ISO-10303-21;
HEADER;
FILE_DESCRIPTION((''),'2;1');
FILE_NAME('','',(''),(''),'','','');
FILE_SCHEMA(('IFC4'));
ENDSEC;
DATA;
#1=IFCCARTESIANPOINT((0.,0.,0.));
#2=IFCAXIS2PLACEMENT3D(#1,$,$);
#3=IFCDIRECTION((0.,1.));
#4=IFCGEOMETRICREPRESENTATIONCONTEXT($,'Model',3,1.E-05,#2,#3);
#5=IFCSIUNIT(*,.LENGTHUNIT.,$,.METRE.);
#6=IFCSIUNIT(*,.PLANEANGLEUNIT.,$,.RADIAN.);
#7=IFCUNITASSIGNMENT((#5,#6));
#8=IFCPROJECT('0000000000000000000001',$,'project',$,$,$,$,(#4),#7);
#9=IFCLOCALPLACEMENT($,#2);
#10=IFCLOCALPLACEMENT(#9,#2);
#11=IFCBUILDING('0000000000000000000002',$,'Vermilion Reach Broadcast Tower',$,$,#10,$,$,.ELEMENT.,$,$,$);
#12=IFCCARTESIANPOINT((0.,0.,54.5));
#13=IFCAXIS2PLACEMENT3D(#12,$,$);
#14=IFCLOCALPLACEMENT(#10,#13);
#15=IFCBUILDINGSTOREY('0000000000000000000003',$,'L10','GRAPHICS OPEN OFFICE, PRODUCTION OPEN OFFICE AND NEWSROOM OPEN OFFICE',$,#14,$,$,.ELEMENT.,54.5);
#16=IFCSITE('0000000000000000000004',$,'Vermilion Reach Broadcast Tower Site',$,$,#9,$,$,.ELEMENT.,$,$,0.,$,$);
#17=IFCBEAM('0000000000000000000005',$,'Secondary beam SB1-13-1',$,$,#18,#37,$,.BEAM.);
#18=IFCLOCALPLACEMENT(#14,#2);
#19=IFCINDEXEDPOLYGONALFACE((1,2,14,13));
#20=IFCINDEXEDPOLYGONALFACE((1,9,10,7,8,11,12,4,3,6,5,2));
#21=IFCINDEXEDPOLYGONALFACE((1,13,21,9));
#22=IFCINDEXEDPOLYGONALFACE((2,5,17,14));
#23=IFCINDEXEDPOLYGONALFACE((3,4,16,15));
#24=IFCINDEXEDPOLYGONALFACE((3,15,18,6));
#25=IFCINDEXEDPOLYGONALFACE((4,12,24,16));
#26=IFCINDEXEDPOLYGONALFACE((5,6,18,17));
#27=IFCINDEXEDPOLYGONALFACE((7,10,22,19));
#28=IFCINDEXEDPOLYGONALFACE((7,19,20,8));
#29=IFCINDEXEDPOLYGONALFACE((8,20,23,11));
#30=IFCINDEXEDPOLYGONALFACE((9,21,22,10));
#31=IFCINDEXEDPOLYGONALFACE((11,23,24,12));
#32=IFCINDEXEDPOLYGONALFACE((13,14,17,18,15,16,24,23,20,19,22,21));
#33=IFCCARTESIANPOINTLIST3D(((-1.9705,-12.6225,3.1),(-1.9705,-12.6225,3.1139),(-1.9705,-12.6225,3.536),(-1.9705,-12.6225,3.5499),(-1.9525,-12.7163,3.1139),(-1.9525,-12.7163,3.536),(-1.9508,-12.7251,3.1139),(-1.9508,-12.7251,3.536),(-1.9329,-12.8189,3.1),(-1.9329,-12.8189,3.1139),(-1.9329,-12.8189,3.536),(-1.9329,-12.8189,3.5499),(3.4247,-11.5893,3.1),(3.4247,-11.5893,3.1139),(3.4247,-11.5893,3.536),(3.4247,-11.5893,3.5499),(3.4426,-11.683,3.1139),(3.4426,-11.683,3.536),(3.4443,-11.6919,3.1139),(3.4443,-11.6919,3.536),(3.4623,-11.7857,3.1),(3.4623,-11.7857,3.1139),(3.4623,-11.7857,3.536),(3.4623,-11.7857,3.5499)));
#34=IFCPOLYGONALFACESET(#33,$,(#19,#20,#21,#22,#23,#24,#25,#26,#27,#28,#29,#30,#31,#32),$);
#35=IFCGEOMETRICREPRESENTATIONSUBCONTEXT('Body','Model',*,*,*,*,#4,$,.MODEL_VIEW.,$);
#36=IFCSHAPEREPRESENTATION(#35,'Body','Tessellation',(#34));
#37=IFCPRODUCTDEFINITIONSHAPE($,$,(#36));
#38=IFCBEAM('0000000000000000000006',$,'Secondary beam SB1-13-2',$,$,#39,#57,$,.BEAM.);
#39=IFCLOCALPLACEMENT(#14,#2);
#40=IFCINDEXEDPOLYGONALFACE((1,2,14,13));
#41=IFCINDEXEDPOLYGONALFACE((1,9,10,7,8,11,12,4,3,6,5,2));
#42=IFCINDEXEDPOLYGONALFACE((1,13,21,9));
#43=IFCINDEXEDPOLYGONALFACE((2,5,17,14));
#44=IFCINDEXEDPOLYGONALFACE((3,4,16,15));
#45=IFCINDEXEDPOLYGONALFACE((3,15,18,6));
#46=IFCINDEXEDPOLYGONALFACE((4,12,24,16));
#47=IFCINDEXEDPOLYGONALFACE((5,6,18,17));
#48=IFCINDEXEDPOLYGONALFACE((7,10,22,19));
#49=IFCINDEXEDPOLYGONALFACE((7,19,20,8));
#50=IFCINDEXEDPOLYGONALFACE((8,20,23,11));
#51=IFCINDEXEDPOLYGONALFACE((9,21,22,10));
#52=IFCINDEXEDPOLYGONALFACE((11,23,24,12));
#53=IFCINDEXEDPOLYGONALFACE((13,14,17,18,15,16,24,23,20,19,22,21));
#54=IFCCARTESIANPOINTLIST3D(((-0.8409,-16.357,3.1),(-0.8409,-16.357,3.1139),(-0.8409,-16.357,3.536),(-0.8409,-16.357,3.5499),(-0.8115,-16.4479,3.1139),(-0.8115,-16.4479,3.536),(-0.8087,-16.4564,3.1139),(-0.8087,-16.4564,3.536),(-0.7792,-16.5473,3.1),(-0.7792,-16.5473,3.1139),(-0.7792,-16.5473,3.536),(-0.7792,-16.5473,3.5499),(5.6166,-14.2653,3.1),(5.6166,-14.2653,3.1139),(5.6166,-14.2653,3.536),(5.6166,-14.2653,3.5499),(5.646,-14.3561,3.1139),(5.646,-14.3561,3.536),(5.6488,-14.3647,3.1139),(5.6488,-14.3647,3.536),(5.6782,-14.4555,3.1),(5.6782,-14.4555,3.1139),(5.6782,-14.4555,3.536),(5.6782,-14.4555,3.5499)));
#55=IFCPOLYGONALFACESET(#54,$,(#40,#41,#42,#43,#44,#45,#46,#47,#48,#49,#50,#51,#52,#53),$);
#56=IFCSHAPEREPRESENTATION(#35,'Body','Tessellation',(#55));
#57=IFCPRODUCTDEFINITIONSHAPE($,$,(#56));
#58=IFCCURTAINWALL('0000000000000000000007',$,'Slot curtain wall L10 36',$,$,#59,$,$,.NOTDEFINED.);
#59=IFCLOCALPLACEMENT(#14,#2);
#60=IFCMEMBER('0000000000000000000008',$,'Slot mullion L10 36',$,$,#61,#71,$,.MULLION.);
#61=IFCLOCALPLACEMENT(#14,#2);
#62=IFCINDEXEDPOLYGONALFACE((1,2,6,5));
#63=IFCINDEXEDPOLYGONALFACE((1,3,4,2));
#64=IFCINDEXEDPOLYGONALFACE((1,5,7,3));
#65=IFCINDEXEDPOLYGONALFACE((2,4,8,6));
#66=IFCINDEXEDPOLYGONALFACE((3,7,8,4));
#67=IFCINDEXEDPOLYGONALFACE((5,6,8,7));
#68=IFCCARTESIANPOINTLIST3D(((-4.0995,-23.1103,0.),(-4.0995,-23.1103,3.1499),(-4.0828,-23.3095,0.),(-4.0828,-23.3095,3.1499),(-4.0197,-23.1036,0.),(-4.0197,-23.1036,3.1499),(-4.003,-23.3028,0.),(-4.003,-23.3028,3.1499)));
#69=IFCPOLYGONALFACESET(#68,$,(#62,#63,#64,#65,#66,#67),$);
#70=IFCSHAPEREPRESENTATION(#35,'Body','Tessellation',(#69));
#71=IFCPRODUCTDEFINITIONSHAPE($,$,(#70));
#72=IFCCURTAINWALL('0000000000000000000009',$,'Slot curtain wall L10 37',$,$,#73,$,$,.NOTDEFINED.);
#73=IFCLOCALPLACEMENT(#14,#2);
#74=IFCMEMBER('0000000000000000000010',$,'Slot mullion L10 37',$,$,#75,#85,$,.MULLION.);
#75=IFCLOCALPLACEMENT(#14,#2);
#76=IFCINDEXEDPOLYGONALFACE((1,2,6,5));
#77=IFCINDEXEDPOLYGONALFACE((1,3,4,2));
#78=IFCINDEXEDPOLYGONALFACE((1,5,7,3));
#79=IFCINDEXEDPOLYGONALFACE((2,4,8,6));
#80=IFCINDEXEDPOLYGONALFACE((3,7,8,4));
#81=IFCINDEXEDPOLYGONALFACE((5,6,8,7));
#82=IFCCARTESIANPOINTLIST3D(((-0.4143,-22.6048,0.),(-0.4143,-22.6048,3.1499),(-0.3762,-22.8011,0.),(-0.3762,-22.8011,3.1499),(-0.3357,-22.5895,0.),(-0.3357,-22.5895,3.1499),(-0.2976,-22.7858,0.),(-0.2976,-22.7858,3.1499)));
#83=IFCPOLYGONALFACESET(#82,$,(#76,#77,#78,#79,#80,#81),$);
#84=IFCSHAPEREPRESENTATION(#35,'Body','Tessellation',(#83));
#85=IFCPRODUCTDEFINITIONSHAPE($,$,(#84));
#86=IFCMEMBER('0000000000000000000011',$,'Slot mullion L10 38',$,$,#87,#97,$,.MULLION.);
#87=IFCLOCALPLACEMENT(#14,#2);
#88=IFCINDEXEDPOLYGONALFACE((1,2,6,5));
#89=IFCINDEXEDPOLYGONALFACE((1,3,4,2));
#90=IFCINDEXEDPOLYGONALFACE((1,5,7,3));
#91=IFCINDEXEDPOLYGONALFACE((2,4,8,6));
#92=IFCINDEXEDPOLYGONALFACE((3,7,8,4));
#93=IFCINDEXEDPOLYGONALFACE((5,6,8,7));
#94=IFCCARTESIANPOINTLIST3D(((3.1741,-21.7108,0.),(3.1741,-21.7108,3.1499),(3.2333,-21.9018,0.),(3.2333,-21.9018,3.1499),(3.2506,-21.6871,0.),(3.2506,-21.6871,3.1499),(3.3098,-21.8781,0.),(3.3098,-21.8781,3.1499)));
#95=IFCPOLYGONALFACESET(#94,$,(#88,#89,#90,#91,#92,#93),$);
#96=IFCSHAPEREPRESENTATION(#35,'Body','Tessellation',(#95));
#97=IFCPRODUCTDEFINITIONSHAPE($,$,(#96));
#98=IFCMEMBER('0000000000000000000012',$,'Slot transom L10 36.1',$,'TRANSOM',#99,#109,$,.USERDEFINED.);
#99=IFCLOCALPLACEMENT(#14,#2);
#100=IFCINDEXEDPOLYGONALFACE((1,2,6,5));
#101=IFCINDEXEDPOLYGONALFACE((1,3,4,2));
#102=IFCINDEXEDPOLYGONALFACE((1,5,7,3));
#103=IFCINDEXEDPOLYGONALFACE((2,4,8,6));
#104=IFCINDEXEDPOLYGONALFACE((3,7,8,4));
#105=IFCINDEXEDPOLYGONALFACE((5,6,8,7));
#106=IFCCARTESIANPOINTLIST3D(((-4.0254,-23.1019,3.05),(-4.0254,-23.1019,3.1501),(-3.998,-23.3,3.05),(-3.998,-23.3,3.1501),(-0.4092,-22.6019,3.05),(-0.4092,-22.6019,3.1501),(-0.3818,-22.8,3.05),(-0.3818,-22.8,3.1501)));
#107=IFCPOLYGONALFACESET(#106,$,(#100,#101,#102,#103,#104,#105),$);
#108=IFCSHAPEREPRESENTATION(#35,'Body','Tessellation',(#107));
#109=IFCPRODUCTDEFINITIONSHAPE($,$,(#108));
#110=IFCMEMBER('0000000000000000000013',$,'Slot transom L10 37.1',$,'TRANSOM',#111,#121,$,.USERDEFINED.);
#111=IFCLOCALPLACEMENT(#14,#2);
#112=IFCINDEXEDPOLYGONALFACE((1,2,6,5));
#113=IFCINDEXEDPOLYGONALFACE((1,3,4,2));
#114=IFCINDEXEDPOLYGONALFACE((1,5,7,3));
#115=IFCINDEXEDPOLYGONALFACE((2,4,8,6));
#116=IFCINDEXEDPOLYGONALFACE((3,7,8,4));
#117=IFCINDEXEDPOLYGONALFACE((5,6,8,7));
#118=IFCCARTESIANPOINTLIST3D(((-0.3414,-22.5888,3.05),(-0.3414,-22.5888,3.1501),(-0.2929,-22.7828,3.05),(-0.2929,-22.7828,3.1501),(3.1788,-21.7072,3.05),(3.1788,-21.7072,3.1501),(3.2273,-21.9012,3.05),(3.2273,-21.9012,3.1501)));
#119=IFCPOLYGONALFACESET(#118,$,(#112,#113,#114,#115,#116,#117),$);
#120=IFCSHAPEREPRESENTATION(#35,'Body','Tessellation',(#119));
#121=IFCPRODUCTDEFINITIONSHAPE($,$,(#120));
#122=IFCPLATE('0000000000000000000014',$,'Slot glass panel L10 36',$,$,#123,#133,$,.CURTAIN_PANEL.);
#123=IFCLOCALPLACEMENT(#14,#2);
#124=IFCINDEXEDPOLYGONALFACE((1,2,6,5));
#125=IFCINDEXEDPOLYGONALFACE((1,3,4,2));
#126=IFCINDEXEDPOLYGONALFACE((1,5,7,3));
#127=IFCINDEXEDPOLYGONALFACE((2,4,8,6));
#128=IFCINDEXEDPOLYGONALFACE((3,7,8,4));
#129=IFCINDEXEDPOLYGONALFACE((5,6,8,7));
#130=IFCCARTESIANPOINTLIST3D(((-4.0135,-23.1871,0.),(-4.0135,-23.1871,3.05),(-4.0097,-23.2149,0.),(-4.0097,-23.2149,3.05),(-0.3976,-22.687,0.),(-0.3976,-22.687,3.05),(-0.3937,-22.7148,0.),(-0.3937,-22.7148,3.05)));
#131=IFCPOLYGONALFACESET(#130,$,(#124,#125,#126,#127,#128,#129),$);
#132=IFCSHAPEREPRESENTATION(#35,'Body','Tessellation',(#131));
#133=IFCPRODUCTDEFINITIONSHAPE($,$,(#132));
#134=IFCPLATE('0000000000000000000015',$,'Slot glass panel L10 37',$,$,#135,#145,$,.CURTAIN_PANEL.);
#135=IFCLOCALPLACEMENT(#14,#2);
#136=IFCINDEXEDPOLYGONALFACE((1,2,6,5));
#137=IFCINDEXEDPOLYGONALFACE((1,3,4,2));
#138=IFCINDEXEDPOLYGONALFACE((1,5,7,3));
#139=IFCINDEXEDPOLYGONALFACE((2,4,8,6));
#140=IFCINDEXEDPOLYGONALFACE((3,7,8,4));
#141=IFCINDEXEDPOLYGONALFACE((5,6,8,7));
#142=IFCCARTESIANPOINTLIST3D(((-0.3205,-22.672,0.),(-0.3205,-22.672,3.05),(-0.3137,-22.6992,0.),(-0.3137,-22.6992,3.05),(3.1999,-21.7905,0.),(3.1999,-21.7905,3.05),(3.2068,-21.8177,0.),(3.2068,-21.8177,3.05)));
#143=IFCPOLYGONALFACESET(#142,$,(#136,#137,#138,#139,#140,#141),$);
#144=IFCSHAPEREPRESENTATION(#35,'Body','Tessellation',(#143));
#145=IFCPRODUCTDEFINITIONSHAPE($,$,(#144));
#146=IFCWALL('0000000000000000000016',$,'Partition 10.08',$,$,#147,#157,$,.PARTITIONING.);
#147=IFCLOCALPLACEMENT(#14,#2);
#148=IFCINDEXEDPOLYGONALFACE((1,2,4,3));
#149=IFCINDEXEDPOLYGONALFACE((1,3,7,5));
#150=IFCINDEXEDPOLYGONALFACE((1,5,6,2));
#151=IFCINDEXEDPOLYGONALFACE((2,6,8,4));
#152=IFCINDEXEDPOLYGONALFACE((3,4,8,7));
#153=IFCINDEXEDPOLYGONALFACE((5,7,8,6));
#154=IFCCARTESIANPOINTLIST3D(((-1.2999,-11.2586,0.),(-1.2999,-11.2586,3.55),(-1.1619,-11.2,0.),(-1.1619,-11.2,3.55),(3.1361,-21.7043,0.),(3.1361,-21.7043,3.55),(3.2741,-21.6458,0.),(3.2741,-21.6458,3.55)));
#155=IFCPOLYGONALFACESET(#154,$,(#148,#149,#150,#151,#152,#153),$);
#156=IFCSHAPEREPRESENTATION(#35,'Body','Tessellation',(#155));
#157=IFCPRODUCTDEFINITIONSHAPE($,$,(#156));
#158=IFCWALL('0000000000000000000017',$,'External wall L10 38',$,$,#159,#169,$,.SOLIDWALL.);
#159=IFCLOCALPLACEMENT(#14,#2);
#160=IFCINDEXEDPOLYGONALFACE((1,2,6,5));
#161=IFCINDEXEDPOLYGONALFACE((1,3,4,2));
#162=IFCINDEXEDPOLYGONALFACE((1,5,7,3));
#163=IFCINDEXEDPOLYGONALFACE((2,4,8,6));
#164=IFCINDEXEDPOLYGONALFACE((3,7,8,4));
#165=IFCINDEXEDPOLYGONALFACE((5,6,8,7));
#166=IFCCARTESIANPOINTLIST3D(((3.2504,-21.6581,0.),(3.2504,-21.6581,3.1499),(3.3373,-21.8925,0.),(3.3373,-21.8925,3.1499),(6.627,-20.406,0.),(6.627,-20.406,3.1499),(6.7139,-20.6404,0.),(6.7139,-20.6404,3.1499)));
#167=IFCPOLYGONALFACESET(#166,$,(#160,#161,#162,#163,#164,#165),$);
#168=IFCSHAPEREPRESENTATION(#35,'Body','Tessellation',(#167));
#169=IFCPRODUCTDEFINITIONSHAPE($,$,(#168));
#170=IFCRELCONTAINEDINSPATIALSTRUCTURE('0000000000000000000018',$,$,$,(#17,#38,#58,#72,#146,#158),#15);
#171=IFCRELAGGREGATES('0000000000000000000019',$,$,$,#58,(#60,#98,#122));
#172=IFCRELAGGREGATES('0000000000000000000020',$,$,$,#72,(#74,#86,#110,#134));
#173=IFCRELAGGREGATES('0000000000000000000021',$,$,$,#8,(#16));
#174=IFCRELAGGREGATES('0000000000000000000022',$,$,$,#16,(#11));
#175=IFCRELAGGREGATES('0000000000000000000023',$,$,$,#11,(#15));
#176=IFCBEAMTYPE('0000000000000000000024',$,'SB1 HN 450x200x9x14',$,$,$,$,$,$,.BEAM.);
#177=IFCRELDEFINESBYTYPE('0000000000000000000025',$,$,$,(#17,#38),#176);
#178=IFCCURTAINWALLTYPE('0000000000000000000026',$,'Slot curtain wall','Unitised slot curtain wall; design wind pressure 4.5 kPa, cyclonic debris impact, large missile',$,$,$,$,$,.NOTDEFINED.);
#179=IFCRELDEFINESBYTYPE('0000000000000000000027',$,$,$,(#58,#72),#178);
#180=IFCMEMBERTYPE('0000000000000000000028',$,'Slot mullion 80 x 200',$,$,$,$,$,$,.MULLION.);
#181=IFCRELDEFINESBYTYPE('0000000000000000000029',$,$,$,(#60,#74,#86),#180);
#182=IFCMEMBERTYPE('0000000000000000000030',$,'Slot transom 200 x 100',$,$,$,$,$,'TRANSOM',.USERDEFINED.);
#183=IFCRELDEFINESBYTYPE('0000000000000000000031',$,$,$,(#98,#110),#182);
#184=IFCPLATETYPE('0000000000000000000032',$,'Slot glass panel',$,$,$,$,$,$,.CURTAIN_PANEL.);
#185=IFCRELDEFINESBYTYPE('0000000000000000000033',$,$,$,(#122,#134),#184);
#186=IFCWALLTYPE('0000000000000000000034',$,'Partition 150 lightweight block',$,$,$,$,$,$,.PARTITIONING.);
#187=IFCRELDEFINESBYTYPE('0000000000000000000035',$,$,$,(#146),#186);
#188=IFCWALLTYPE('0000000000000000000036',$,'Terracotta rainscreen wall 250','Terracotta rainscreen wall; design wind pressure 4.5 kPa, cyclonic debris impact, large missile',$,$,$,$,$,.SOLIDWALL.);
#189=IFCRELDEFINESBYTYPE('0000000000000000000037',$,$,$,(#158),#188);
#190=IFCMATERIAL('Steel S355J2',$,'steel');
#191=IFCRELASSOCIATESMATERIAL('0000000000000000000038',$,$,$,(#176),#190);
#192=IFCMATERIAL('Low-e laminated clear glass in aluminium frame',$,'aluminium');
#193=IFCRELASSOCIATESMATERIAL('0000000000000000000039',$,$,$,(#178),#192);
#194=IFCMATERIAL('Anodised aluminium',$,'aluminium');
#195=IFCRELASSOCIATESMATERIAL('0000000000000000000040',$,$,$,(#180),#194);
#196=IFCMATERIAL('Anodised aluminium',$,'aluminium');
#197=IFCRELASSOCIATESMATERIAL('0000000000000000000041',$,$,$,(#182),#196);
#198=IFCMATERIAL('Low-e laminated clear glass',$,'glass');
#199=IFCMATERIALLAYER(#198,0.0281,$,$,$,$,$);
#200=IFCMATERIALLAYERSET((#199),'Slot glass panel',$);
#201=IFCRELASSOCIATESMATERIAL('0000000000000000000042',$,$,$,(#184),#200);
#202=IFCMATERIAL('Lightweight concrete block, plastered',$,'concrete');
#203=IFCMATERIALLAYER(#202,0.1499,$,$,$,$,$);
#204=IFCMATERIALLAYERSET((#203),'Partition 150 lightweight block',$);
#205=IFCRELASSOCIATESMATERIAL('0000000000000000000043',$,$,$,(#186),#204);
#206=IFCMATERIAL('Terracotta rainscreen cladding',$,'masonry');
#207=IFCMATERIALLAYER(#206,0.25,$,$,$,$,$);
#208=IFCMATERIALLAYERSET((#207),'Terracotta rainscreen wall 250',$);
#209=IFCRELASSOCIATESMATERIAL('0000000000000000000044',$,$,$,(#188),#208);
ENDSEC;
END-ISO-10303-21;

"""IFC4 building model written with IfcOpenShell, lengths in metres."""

from ifc_helpers import new_model, si_unit, direction, frame, frame_2d, origin, origin_2d, place, context, subcontext, project, spatial, rectangle, i_section, extrude, material, layer, layer_set, material_profile, profile_set, type_object, element, aggregate, save


model = new_model("IFC4")

# Units and contexts
model_context = context("Model", 3, precision=1e-05, world=origin(), true_north=direction((0.0, 1.0)))
body_context = subcontext(model_context, "Body", "Model", "MODEL_VIEW")
ifc_project = project(units=[si_unit("LENGTHUNIT", "METRE"), si_unit("PLANEANGLEUNIT", "RADIAN")], contexts=[model_context])

# Site, building, storey
site_placement = place(None, origin())
site = spatial("IfcSite", under=ifc_project, at=site_placement, Name="Vermilion Reach Broadcast Tower Site", CompositionType="ELEMENT", RefElevation=0.0)
building_placement = place(site_placement, origin())
building = spatial("IfcBuilding", under=site, at=building_placement, Name="Vermilion Reach Broadcast Tower", CompositionType="ELEMENT")
storey_placement = place(building_placement, frame((0.0, 0.0, 54.5)))
storey = spatial("IfcBuildingStorey", under=building, at=storey_placement, Name="L10", Description="GRAPHICS OPEN OFFICE, PRODUCTION OPEN OFFICE AND NEWSROOM OPEN OFFICE", CompositionType="ELEMENT", Elevation=54.5)

# Beams
ifc_material_1 = material(Name="Steel S355J2", Category="steel")
ifc_material_profile_1 = material_profile(ifc_material_1, i_section(OverallWidth=0.2, OverallDepth=0.45, WebThickness=0.009, FlangeThickness=0.0139, at=origin_2d()), Name="S355J2 HN 450x200x9x14")
ifc_profile_set_1 = profile_set([ifc_material_profile_1], Name="Steel S355J2")
beam_type_1 = type_object("IfcBeamType", Name="SB1 HN 450x200x9x14", PredefinedType="BEAM", material=ifc_profile_set_1)
beam_1_placement = place(storey_placement, frame((-1.9517, -12.7207, 3.325), z_axis=(0.982151, 0.188092, 0.0), x_axis=(-0.188092, 0.982151, 0.0)))
element("IfcBeam", 1, at=beam_1_placement, inside=storey, type_object=beam_type_1, Name="Secondary beam SB1-13-1", PredefinedType="BEAM", context=body_context, shape_type="SweptSolid", body=[
    extrude(i_section(OverallWidth=0.2, OverallDepth=0.45, WebThickness=0.009, FlangeThickness=0.0139, at=origin_2d()), origin(), (0.0, 0.0, 1.0), 5.4932),
])
beam_2_placement = place(storey_placement, frame((-0.8101, -16.4521, 3.325), z_axis=(0.951332, 0.308167, 0.0), x_axis=(-0.308167, 0.951332, 0.0)))
element("IfcBeam", 2, at=beam_2_placement, inside=storey, type_object=beam_type_1, Name="Secondary beam SB1-13-2", PredefinedType="BEAM", context=body_context, shape_type="SweptSolid", body=[
    extrude(i_section(OverallWidth=0.2, OverallDepth=0.45, WebThickness=0.009, FlangeThickness=0.0139, at=origin_2d()), origin(), (0.0, 0.0, 1.0), 6.7878),
])

# Curtain wall, member
ifc_material_2 = material(Name="Low-e laminated clear glass in aluminium frame", Category="aluminium")
curtain_wall_type = type_object("IfcCurtainWallType", Name="Slot curtain wall", Description="Unitised slot curtain wall; design wind pressure 4.5 kPa, cyclonic debris impact, large missile", PredefinedType="NOTDEFINED", material=ifc_material_2)
placement = place(storey_placement, origin())
curtain_wall_1 = element("IfcCurtainWall", 3, at=placement, inside=storey, type_object=curtain_wall_type, Name="Slot curtain wall L10 36", PredefinedType="NOTDEFINED")
ifc_material_3 = material(Name="Anodised aluminium", Category="aluminium")
ifc_material_profile_2 = material_profile(ifc_material_3, rectangle(XDim=0.2, YDim=0.0801, at=origin_2d()), Name="Slot mullion 80 x 200")
ifc_profile_set_2 = profile_set([ifc_material_profile_2], Name="Anodised aluminium")
member_type_1 = type_object("IfcMemberType", Name="Slot mullion 80 x 200", PredefinedType="MULLION", material=ifc_profile_set_2)
member_1_placement = place(storey_placement, frame((-4.0513, -23.2065, 0.0), z_axis=(0.0, 0.0, 1.0), x_axis=(-0.083678, 0.996493, 0.0)))
member_1 = element("IfcMember", 4, at=member_1_placement, type_object=member_type_1, Name="Slot mullion L10 36", PredefinedType="MULLION", context=body_context, shape_type="SweptSolid", body=[
    extrude(rectangle(XDim=0.2, YDim=0.0801, at=origin_2d()), origin(), (0.0, 0.0, 1.0), 3.1499),
])

# Curtain wall, members
curtain_wall_2 = element("IfcCurtainWall", 5, at=placement, inside=storey, type_object=curtain_wall_type, Name="Slot curtain wall L10 37", PredefinedType="NOTDEFINED")
member_2_placement = place(storey_placement, frame((-0.356, -22.6953, 0.0), z_axis=(0.0, 0.0, 1.0), x_axis=(-0.190225, 0.98174, 0.0)))
member_2 = element("IfcMember", 6, at=member_2_placement, type_object=member_type_1, Name="Slot mullion L10 37", PredefinedType="MULLION", context=body_context, shape_type="SweptSolid", body=[
    extrude(rectangle(XDim=0.2, YDim=0.0801, at=origin_2d()), origin(), (0.0, 0.0, 1.0), 3.1499),
])
member_3_placement = place(storey_placement, frame((3.2419, -21.7944, 0.0), z_axis=(0.0, 0.0, 1.0), x_axis=(-0.295725, 0.955273, 0.0)))
member_3 = element("IfcMember", 7, at=member_3_placement, type_object=member_type_1, Name="Slot mullion L10 38", PredefinedType="MULLION", context=body_context, shape_type="SweptSolid", body=[
    extrude(rectangle(XDim=0.2, YDim=0.0801, at=origin_2d()), origin(), (0.0, 0.0, 1.0), 3.1499),
])

# Members
ifc_material_4 = material(Name="Anodised aluminium", Category="aluminium")
ifc_material_profile_3 = material_profile(ifc_material_4, rectangle(XDim=0.2, YDim=0.1001, at=origin_2d()), Name="Slot transom 200 x 100")
ifc_profile_set_3 = profile_set([ifc_material_profile_3], Name="Anodised aluminium")
member_type_2 = type_object("IfcMemberType", Name="Slot transom 200 x 100", ElementType="TRANSOM", PredefinedType="USERDEFINED", material=ifc_profile_set_3)
member_4_placement = place(storey_placement, frame((-4.0117, -23.2009, 3.1001), z_axis=(0.990576, 0.136963, 0.0), x_axis=(-0.136963, 0.990576, 0.0)))
member_4 = element("IfcMember", 8, at=member_4_placement, type_object=member_type_2, Name="Slot transom L10 36.1", ObjectType="TRANSOM", PredefinedType="USERDEFINED", context=body_context, shape_type="SweptSolid", body=[
    extrude(rectangle(XDim=0.2, YDim=0.1001, at=origin_2d()), origin(), (0.0, 0.0, 1.0), 3.6506),
])
member_5_placement = place(storey_placement, frame((-0.3171, -22.6858, 3.1001), z_axis=(0.970043, 0.242931, 0.0), x_axis=(-0.242931, 0.970043, 0.0)))
member_5 = element("IfcMember", 9, at=member_5_placement, type_object=member_type_2, Name="Slot transom L10 37.1", ObjectType="TRANSOM", PredefinedType="USERDEFINED", context=body_context, shape_type="SweptSolid", body=[
    extrude(rectangle(XDim=0.2, YDim=0.1001, at=origin_2d()), origin(), (0.0, 0.0, 1.0), 3.6289),
])

# Plates
ifc_material_5 = material(Name="Low-e laminated clear glass", Category="glass")
ifc_layer_1 = layer(ifc_material_5, 0.0281)
ifc_layer_set_1 = layer_set([ifc_layer_1], Name="Slot glass panel")
plate_type = type_object("IfcPlateType", Name="Slot glass panel", PredefinedType="CURTAIN_PANEL", material=ifc_layer_set_1)
plate_1_placement = place(storey_placement, frame((-2.2036, -22.9509, 0.0), z_axis=(0.0, 0.0, 1.0), x_axis=(0.990571, 0.137001, 0.0)))
plate_1 = element("IfcPlate", 10, at=plate_1_placement, type_object=plate_type, Name="Slot glass panel L10 36", PredefinedType="CURTAIN_PANEL", context=body_context, shape_type="SweptSolid", body=[
    extrude(rectangle(XDim=3.6504, YDim=0.0281, at=origin_2d()), origin(), (0.0, 0.0, 1.0), 3.05),
])
aggregate(curtain_wall_1, [member_1, member_4, plate_1])
plate_2_placement = place(storey_placement, frame((1.4431, -22.2449, 0.0), z_axis=(0.0, 0.0, 1.0), x_axis=(0.970052, 0.242896, 0.0)))
plate_2 = element("IfcPlate", 11, at=plate_2_placement, type_object=plate_type, Name="Slot glass panel L10 37", PredefinedType="CURTAIN_PANEL", context=body_context, shape_type="SweptSolid", body=[
    extrude(rectangle(XDim=3.6292, YDim=0.0281, at=origin_2d()), origin(), (0.0, 0.0, 1.0), 3.05),
])
aggregate(curtain_wall_2, [member_2, member_3, member_5, plate_2])

# Walls
ifc_material_6 = material(Name="Lightweight concrete block, plastered", Category="concrete")
ifc_layer_2 = layer(ifc_material_6, 0.1499)
ifc_layer_set_2 = layer_set([ifc_layer_2], Name="Partition 150 lightweight block")
wall_type_1 = type_object("IfcWallType", Name="Partition 150 lightweight block", PredefinedType="PARTITIONING", material=ifc_layer_set_2)
wall_1_placement = place(storey_placement, frame((3.2051, -21.675, 0.0), z_axis=(0.0, 0.0, 1.0), x_axis=(-0.390885, 0.92044, 0.0)))
element("IfcWall", 12, at=wall_1_placement, inside=storey, type_object=wall_type_1, Name="Partition 10.08", PredefinedType="PARTITIONING", context=body_context, shape_type="SweptSolid", body=[
    extrude(rectangle(XDim=11.3486, YDim=0.1499, at=frame_2d((5.6743, 0.0))), origin(), (0.0, 0.0, 1.0), 3.55),
])
ifc_material_7 = material(Name="Terracotta rainscreen cladding", Category="masonry")
ifc_layer_3 = layer(ifc_material_7, 0.25)
ifc_layer_set_3 = layer_set([ifc_layer_3], Name="Terracotta rainscreen wall 250")
wall_type_2 = type_object("IfcWallType", Name="Terracotta rainscreen wall 250", Description="Terracotta rainscreen wall; design wind pressure 4.5 kPa, cyclonic debris impact, large missile", PredefinedType="SOLIDWALL", material=ifc_layer_set_3)
wall_2_placement = place(storey_placement, frame((3.2937, -21.7754, 0.0), z_axis=(0.0, 0.0, 1.0), x_axis=(0.937607, 0.347696, 0.0)))
element("IfcWall", 13, at=wall_2_placement, inside=storey, type_object=wall_type_2, Name="External wall L10 38", PredefinedType="SOLIDWALL", context=body_context, shape_type="SweptSolid", body=[
    extrude(rectangle(XDim=3.6013, YDim=0.25, at=frame_2d((1.8008, 0.0))), origin(), (0.0, 0.0, 1.0), 3.1499),
])

save(model, "model.ifc")
